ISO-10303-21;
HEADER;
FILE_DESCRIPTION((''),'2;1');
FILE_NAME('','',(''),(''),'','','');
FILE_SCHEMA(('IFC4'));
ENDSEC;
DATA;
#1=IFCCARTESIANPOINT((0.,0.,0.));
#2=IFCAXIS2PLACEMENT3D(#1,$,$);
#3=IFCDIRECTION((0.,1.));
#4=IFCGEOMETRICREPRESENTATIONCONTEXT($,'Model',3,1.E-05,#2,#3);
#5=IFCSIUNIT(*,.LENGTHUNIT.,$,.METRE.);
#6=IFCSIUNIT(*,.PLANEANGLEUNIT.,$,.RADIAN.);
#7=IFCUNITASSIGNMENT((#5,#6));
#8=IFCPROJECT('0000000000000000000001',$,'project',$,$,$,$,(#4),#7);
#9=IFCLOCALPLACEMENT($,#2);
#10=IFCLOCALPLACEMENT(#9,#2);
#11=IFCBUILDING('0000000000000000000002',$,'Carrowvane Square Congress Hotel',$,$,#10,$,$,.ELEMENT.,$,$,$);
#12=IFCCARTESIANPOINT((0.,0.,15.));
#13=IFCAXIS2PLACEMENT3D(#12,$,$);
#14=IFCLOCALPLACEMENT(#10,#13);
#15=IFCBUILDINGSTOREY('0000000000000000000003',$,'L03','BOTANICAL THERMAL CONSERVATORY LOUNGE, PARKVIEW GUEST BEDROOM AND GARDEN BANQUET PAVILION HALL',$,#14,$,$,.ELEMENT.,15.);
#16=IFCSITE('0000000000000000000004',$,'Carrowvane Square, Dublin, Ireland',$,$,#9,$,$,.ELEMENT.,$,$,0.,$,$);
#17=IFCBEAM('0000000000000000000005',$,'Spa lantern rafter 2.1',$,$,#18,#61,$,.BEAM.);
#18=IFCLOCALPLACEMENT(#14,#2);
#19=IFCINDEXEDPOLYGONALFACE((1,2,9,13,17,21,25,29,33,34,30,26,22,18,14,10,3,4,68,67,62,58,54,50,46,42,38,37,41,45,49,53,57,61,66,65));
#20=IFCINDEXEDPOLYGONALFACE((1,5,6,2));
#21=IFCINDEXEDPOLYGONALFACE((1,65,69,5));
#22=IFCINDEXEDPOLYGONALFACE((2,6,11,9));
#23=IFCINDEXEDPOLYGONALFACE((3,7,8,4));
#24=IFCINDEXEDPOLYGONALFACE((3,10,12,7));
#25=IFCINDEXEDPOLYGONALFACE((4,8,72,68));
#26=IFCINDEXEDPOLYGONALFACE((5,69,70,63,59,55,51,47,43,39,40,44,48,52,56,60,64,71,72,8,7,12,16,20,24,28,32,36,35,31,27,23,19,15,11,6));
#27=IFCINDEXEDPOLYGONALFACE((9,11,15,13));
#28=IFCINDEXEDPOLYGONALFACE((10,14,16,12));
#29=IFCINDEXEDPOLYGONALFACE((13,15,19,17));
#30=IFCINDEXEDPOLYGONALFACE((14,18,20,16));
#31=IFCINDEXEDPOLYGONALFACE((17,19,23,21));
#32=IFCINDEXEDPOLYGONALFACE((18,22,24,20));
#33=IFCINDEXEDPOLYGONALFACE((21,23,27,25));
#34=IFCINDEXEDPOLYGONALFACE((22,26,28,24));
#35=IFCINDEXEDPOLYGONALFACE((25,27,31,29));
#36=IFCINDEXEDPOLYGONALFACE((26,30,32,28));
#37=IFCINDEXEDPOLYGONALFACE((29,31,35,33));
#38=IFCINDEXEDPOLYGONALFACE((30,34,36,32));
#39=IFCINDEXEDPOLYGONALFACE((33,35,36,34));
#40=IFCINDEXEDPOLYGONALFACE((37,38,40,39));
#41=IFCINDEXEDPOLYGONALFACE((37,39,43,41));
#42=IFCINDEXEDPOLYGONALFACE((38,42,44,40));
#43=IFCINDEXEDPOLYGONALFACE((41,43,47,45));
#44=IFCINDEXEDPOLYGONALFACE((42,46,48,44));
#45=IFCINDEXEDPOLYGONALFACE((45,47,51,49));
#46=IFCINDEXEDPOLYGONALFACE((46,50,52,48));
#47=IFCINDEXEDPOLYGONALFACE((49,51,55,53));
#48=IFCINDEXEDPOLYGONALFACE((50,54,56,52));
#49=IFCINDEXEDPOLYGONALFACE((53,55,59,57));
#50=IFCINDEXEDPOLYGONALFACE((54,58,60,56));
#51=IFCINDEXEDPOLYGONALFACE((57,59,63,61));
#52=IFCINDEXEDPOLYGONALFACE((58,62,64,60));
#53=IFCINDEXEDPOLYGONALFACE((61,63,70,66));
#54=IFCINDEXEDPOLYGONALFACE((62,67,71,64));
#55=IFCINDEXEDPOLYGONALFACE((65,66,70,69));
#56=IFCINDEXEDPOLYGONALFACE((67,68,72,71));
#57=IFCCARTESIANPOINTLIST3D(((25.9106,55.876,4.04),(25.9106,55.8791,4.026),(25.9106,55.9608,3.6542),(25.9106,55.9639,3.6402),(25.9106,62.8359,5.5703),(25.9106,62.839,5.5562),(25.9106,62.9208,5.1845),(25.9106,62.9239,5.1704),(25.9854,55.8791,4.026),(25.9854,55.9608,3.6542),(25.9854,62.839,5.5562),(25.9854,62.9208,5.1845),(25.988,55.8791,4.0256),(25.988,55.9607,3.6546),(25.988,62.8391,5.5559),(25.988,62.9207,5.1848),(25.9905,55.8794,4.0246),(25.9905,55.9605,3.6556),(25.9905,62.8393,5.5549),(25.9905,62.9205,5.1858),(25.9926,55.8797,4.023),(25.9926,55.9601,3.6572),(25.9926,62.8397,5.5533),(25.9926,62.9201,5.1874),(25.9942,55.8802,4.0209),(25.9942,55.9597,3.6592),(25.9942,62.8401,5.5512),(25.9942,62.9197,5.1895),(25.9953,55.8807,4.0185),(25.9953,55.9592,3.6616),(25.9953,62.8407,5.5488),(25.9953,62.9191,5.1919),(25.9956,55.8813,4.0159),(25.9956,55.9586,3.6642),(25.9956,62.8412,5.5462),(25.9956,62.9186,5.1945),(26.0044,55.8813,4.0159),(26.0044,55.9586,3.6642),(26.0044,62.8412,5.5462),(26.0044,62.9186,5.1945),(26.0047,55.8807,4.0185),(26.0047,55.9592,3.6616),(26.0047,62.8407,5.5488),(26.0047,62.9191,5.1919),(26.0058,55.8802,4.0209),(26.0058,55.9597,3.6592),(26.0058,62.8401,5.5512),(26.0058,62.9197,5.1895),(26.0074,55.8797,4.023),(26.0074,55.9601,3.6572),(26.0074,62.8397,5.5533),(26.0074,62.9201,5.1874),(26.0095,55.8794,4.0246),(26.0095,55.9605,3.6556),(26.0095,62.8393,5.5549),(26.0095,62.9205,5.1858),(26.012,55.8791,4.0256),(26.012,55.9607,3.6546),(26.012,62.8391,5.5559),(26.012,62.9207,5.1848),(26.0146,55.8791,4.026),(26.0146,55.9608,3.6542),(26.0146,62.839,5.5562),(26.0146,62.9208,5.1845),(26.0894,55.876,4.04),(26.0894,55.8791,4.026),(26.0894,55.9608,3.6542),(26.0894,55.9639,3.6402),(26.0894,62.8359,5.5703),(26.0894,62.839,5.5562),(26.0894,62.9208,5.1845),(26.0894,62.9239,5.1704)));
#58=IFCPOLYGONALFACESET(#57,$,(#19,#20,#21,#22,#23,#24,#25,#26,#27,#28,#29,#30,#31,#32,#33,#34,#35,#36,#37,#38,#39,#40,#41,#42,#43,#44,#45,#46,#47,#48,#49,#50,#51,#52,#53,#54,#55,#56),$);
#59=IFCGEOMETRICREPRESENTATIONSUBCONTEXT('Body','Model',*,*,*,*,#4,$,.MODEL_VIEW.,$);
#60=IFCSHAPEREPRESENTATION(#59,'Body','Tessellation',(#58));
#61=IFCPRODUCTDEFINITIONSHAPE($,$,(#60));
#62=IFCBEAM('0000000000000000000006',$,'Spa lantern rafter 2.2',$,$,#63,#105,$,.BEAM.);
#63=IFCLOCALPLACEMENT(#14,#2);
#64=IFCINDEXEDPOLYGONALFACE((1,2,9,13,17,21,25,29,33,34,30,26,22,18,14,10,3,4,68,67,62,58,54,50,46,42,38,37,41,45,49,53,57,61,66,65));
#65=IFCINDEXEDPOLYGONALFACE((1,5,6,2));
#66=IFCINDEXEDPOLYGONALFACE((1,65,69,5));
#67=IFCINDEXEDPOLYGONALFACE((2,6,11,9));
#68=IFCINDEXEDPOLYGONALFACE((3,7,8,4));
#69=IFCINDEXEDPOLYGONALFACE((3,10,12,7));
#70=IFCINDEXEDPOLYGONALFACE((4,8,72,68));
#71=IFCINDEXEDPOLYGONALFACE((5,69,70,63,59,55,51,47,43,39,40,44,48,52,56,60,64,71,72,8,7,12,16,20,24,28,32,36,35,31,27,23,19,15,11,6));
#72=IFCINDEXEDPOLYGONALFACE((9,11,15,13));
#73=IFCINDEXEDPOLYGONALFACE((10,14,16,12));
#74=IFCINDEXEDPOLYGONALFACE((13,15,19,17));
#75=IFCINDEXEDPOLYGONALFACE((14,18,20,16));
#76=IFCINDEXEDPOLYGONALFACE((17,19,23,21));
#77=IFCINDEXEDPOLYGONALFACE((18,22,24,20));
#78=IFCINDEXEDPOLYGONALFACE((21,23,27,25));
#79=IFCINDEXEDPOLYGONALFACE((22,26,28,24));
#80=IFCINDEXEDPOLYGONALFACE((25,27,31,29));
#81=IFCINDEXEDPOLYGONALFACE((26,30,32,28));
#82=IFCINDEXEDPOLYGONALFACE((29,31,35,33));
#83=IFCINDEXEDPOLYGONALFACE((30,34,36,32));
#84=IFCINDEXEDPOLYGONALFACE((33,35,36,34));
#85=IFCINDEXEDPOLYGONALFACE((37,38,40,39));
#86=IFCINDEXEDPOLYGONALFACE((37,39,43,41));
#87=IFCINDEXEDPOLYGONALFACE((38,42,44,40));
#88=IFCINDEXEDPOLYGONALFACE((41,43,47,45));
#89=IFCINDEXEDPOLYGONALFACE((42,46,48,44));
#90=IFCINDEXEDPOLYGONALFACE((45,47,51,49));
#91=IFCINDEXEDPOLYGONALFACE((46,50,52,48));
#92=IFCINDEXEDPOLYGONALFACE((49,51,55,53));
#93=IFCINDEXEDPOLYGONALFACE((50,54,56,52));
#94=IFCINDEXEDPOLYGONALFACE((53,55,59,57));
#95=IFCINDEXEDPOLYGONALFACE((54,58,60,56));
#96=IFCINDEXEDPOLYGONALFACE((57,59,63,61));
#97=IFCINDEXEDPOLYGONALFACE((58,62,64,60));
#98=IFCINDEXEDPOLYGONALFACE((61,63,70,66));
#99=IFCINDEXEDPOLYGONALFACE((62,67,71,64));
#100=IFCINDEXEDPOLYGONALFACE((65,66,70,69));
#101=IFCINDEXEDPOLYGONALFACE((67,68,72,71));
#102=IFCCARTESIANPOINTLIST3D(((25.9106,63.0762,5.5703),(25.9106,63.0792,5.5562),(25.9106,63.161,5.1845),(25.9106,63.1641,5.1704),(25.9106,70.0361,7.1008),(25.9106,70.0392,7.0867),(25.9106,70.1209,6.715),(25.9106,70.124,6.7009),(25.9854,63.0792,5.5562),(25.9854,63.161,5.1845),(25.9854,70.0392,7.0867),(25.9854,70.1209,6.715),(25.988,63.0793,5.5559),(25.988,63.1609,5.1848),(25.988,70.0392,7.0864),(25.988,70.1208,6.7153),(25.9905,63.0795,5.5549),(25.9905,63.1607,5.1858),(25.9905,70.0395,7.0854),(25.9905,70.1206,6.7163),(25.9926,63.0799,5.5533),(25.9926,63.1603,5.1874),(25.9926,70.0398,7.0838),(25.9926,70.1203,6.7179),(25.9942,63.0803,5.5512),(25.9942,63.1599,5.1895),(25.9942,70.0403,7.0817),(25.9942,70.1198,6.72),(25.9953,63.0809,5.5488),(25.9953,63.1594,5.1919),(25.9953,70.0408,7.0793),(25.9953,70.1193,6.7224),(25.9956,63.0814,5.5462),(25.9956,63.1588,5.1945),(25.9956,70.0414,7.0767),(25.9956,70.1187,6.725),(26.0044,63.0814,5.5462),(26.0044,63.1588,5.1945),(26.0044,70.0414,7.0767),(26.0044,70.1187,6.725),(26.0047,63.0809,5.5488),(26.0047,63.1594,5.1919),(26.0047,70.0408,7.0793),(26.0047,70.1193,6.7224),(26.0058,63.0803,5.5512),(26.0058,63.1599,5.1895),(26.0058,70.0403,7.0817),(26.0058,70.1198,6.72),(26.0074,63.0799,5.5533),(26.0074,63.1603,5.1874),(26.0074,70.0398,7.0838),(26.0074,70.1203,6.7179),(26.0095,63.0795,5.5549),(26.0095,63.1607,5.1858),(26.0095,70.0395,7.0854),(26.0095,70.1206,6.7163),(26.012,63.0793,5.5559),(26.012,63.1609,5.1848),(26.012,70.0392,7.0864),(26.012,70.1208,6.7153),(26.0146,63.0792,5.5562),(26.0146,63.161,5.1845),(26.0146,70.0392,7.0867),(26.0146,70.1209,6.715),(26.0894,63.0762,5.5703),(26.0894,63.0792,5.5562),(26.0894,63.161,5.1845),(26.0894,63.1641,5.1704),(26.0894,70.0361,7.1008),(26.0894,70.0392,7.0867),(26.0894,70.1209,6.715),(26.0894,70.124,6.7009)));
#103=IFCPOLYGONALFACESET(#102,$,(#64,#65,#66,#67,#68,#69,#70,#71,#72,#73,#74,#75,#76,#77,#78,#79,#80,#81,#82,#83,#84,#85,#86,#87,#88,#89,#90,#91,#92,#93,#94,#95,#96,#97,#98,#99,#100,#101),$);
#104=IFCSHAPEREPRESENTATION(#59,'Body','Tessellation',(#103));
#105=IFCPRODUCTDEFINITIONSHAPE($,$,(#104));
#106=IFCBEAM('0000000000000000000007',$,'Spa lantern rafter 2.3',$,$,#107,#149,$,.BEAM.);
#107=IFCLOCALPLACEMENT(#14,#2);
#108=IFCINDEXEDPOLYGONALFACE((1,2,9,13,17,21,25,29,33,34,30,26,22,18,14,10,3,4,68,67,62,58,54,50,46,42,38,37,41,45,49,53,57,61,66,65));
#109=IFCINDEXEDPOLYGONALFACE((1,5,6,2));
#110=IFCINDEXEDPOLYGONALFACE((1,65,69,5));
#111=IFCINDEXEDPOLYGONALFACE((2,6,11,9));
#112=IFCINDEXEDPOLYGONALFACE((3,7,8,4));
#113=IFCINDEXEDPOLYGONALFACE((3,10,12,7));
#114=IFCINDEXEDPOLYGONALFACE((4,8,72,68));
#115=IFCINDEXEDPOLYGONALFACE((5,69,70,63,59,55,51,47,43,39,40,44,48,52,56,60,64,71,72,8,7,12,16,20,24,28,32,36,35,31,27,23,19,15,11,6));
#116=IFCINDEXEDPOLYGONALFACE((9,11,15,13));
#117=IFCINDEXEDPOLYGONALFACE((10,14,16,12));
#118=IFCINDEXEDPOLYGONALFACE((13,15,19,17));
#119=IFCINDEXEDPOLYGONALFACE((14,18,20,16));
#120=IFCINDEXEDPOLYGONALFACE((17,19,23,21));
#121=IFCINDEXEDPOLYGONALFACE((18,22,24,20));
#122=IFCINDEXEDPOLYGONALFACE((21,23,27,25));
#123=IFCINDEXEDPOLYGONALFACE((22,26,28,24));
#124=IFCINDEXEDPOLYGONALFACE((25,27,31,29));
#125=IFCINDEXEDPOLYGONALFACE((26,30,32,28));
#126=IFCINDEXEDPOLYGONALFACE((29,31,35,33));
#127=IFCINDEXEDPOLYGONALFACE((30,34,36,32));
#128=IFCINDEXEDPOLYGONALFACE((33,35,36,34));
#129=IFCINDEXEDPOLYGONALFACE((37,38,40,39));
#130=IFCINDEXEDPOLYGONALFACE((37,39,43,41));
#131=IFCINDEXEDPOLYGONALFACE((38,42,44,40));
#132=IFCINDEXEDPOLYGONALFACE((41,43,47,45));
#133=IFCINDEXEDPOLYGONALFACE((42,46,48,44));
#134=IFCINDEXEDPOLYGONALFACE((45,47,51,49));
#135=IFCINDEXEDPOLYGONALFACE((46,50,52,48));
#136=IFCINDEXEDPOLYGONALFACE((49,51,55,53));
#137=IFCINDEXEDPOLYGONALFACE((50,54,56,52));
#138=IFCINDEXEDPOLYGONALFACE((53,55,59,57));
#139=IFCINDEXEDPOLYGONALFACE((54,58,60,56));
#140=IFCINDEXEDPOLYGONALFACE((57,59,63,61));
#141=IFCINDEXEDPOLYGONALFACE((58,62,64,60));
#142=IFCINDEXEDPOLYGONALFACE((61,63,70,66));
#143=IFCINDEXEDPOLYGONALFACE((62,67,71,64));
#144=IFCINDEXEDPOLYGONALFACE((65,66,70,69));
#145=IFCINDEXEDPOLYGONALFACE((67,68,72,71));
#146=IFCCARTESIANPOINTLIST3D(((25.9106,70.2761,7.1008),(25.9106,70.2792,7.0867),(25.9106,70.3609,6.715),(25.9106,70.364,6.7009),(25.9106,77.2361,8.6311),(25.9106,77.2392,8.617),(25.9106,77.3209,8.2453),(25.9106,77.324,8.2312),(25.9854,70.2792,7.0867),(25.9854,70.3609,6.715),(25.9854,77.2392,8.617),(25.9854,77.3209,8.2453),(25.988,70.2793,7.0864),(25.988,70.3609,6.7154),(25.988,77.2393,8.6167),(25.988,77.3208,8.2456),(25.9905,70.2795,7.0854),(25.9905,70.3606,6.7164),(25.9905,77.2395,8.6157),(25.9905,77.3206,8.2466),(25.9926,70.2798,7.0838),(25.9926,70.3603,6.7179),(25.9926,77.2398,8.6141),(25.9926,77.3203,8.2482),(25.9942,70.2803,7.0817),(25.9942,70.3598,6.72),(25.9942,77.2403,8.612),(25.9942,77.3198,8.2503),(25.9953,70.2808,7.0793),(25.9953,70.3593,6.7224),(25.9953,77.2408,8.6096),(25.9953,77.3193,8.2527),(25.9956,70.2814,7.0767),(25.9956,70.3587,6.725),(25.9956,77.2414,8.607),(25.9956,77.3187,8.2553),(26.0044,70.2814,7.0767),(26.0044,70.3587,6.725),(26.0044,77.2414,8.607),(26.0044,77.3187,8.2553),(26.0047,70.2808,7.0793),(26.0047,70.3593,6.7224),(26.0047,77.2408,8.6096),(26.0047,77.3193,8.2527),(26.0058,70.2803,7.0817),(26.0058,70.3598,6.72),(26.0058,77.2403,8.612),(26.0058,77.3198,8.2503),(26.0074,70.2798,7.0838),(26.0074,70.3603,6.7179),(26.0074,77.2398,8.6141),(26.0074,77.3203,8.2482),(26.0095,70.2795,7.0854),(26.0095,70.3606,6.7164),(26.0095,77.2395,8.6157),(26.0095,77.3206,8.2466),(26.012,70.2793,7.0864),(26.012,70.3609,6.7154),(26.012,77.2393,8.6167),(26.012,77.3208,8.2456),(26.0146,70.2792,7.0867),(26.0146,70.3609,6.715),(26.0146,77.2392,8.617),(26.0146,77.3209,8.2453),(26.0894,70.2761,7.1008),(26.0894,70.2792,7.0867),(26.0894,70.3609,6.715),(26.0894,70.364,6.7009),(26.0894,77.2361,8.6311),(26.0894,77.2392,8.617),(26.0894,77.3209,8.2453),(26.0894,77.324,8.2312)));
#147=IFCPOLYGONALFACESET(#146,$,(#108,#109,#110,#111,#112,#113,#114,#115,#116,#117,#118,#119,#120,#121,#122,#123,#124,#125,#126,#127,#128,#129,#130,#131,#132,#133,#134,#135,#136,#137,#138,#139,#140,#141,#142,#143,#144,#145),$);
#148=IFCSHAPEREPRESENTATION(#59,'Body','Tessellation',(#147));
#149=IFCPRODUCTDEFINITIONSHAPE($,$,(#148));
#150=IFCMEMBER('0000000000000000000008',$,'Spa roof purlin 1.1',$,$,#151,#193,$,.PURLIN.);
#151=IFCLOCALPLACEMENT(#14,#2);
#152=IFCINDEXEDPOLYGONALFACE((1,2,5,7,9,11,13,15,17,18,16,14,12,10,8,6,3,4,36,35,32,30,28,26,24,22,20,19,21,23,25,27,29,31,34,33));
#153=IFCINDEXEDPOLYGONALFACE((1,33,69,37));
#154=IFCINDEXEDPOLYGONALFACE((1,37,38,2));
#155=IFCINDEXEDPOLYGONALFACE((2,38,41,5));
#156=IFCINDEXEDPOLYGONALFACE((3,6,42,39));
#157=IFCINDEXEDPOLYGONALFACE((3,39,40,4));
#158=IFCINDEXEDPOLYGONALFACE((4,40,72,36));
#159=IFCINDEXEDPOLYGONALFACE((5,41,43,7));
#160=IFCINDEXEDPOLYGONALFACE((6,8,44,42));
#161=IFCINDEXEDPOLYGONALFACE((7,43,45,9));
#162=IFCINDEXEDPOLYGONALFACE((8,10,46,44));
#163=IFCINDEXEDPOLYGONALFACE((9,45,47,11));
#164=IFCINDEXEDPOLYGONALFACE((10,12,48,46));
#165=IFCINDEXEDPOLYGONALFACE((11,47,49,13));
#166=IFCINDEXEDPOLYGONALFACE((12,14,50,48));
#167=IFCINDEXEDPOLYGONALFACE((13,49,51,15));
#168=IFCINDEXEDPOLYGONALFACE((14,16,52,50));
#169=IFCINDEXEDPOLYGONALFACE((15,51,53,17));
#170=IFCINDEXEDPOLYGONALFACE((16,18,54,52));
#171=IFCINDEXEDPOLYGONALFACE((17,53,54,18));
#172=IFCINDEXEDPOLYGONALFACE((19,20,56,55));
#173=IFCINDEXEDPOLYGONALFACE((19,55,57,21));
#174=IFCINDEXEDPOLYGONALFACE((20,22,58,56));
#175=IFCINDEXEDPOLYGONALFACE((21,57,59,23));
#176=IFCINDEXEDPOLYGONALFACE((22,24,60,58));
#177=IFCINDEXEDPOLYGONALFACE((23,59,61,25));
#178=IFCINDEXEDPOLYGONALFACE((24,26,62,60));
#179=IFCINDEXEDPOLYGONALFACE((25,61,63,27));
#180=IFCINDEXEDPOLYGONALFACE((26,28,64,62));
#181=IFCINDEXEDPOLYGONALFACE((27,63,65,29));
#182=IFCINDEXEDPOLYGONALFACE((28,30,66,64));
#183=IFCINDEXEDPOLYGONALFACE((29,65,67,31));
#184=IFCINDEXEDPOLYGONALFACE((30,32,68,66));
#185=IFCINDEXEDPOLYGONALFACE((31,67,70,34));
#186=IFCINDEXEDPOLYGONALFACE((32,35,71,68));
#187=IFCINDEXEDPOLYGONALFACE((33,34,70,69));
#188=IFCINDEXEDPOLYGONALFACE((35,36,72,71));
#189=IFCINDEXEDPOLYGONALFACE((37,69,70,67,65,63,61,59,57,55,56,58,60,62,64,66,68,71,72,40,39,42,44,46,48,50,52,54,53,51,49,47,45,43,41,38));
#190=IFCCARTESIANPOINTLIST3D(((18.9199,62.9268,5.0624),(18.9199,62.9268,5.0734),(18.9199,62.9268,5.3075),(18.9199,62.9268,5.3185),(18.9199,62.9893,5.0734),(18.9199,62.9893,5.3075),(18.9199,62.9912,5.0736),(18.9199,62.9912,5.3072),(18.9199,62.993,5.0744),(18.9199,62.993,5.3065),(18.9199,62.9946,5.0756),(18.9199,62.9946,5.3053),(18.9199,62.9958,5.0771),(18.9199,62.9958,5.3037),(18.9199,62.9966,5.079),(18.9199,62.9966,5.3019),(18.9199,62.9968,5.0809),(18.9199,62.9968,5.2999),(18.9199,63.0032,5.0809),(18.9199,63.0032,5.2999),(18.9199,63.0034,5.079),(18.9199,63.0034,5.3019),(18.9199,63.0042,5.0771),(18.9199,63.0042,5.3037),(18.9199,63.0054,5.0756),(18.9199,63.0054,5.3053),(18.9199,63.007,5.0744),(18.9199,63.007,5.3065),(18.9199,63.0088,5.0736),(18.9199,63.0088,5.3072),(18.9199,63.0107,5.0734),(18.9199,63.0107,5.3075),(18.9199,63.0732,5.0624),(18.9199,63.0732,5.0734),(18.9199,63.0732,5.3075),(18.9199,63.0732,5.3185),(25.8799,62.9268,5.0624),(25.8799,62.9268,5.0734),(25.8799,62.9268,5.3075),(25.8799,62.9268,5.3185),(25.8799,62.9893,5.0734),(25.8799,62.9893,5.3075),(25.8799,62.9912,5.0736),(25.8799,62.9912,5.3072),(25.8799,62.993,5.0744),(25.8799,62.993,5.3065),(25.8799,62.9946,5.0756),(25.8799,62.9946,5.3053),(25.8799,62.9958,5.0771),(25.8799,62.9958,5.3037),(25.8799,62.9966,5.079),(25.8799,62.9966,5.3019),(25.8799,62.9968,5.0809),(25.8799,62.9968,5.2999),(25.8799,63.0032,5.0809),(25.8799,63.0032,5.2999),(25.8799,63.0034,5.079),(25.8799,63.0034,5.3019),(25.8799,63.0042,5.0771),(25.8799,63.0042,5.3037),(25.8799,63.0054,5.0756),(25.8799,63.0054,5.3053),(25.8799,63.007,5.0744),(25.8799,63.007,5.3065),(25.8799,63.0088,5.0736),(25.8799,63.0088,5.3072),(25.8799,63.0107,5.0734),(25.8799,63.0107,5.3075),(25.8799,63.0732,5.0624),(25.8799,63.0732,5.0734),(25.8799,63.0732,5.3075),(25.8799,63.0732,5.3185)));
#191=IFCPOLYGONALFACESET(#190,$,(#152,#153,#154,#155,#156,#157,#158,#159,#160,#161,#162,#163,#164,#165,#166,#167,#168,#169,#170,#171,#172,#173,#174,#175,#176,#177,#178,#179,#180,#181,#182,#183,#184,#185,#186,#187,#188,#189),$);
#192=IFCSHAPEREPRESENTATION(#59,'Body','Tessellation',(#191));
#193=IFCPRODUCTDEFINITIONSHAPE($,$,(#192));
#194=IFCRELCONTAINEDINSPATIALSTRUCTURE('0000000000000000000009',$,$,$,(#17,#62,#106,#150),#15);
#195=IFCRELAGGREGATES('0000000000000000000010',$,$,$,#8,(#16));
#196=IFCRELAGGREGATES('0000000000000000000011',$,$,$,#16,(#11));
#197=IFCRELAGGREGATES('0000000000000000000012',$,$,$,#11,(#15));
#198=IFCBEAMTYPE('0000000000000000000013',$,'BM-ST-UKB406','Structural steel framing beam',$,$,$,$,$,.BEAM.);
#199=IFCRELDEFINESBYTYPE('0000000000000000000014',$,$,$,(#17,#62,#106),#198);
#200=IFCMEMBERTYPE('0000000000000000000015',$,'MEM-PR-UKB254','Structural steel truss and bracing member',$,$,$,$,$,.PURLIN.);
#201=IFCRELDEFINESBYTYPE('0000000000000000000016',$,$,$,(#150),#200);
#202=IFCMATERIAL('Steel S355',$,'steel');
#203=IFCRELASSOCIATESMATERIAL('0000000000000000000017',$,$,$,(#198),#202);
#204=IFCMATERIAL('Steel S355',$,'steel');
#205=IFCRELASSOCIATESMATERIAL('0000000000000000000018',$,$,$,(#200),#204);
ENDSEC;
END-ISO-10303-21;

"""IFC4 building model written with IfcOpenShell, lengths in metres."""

from ifc_helpers import new_model, si_unit, direction, frame, origin, origin_2d, place, context, subcontext, project, spatial, i_section, extrude, material, material_profile, profile_set, type_object, element, save


model = new_model("IFC4")

# Units and contexts
model_context = context("Model", 3, precision=1e-05, world=origin(), true_north=direction((0.0, 1.0)))
body_context = subcontext(model_context, "Body", "Model", "MODEL_VIEW")
ifc_project = project(units=[si_unit("LENGTHUNIT", "METRE"), si_unit("PLANEANGLEUNIT", "RADIAN")], contexts=[model_context])

# Site, building, storey
site_placement = place(None, origin())
site = spatial("IfcSite", under=ifc_project, at=site_placement, Name="Carrowvane Square, Dublin, Ireland", CompositionType="ELEMENT", RefElevation=0.0)
building_placement = place(site_placement, origin())
building = spatial("IfcBuilding", under=site, at=building_placement, Name="Carrowvane Square Congress Hotel", CompositionType="ELEMENT")
storey_placement = place(building_placement, frame((0.0, 0.0, 15.0)))
storey = spatial("IfcBuildingStorey", under=building, at=storey_placement, Name="L03", Description="BOTANICAL THERMAL CONSERVATORY LOUNGE, PARKVIEW GUEST BEDROOM AND GARDEN BANQUET PAVILION HALL", CompositionType="ELEMENT", Elevation=15.0)

# Beams
ifc_material_1 = material(Name="Steel S355", Category="steel")
ifc_material_profile_1 = material_profile(ifc_material_1, i_section(OverallWidth=0.1787, OverallDepth=0.4094, WebThickness=0.0088, FlangeThickness=0.0144, FilletRadius=0.0103, at=origin_2d()), Name="UKB 406x178x67")
ifc_profile_set_1 = profile_set([ifc_material_profile_1], Name="Steel S355")
beam_type_1 = type_object("IfcBeamType", Name="BM-ST-UKB406", Description="Structural steel framing beam", PredefinedType="BEAM", material=ifc_profile_set_1)
for number, where, z_axis, x_axis, name in (
    (1, (26.0, 55.9199, 3.8401), (0.0, 0.976671, 0.214739), (-1.0, 0.0, 0.0), "Spa lantern rafter 2.1"),
    (2, (26.0, 63.1201, 5.3704), (0.0, 0.976664, 0.214772), (-1.0, 0.0, 0.0), "Spa lantern rafter 2.2"),
    (3, (26.0, 70.3201, 6.9009), (0.0, 0.976671, 0.214739), (-1.0, 0.0, 0.0), "Spa lantern rafter 2.3"),
):
    element("IfcBeam", number, at=place(storey_placement, frame(where, z_axis=z_axis, x_axis=x_axis)), inside=storey, type_object=beam_type_1, Name=name, PredefinedType="BEAM", context=body_context, shape_type="SweptSolid", body=[
        extrude(i_section(OverallWidth=0.1787, OverallDepth=0.4094, WebThickness=0.0088, FlangeThickness=0.0144, FilletRadius=0.0103, at=origin_2d()), origin(), (0.0, 0.0, 1.0), 7.1262),
    ])

# Member
ifc_material_2 = material(Name="Steel S355", Category="steel")
ifc_material_profile_2 = material_profile(ifc_material_2, i_section(OverallWidth=0.1465, OverallDepth=0.2561, WebThickness=0.0063, FlangeThickness=0.011, FilletRadius=0.0076, at=origin_2d()), Name="UKB 254x146x37")
ifc_profile_set_2 = profile_set([ifc_material_profile_2], Name="Steel S355")
member_type = type_object("IfcMemberType", Name="MEM-PR-UKB254", Description="Structural steel truss and bracing member", PredefinedType="PURLIN", material=ifc_profile_set_2)
for number, where, z_axis, x_axis, name in (
    (4, (18.9199, 63.0, 5.1904), (1.0, 0.0, 0.0), (0.0, 1.0, 0.0), "Spa roof purlin 1.1"),
):
    element("IfcMember", number, at=place(storey_placement, frame(where, z_axis=z_axis, x_axis=x_axis)), inside=storey, type_object=member_type, Name=name, PredefinedType="PURLIN", context=body_context, shape_type="SweptSolid", body=[
        extrude(i_section(OverallWidth=0.1465, OverallDepth=0.2561, WebThickness=0.0063, FlangeThickness=0.011, FilletRadius=0.0076, at=origin_2d()), origin(), (0.0, 0.0, 1.0), 6.96),
    ])

save(model, "model.ifc")
